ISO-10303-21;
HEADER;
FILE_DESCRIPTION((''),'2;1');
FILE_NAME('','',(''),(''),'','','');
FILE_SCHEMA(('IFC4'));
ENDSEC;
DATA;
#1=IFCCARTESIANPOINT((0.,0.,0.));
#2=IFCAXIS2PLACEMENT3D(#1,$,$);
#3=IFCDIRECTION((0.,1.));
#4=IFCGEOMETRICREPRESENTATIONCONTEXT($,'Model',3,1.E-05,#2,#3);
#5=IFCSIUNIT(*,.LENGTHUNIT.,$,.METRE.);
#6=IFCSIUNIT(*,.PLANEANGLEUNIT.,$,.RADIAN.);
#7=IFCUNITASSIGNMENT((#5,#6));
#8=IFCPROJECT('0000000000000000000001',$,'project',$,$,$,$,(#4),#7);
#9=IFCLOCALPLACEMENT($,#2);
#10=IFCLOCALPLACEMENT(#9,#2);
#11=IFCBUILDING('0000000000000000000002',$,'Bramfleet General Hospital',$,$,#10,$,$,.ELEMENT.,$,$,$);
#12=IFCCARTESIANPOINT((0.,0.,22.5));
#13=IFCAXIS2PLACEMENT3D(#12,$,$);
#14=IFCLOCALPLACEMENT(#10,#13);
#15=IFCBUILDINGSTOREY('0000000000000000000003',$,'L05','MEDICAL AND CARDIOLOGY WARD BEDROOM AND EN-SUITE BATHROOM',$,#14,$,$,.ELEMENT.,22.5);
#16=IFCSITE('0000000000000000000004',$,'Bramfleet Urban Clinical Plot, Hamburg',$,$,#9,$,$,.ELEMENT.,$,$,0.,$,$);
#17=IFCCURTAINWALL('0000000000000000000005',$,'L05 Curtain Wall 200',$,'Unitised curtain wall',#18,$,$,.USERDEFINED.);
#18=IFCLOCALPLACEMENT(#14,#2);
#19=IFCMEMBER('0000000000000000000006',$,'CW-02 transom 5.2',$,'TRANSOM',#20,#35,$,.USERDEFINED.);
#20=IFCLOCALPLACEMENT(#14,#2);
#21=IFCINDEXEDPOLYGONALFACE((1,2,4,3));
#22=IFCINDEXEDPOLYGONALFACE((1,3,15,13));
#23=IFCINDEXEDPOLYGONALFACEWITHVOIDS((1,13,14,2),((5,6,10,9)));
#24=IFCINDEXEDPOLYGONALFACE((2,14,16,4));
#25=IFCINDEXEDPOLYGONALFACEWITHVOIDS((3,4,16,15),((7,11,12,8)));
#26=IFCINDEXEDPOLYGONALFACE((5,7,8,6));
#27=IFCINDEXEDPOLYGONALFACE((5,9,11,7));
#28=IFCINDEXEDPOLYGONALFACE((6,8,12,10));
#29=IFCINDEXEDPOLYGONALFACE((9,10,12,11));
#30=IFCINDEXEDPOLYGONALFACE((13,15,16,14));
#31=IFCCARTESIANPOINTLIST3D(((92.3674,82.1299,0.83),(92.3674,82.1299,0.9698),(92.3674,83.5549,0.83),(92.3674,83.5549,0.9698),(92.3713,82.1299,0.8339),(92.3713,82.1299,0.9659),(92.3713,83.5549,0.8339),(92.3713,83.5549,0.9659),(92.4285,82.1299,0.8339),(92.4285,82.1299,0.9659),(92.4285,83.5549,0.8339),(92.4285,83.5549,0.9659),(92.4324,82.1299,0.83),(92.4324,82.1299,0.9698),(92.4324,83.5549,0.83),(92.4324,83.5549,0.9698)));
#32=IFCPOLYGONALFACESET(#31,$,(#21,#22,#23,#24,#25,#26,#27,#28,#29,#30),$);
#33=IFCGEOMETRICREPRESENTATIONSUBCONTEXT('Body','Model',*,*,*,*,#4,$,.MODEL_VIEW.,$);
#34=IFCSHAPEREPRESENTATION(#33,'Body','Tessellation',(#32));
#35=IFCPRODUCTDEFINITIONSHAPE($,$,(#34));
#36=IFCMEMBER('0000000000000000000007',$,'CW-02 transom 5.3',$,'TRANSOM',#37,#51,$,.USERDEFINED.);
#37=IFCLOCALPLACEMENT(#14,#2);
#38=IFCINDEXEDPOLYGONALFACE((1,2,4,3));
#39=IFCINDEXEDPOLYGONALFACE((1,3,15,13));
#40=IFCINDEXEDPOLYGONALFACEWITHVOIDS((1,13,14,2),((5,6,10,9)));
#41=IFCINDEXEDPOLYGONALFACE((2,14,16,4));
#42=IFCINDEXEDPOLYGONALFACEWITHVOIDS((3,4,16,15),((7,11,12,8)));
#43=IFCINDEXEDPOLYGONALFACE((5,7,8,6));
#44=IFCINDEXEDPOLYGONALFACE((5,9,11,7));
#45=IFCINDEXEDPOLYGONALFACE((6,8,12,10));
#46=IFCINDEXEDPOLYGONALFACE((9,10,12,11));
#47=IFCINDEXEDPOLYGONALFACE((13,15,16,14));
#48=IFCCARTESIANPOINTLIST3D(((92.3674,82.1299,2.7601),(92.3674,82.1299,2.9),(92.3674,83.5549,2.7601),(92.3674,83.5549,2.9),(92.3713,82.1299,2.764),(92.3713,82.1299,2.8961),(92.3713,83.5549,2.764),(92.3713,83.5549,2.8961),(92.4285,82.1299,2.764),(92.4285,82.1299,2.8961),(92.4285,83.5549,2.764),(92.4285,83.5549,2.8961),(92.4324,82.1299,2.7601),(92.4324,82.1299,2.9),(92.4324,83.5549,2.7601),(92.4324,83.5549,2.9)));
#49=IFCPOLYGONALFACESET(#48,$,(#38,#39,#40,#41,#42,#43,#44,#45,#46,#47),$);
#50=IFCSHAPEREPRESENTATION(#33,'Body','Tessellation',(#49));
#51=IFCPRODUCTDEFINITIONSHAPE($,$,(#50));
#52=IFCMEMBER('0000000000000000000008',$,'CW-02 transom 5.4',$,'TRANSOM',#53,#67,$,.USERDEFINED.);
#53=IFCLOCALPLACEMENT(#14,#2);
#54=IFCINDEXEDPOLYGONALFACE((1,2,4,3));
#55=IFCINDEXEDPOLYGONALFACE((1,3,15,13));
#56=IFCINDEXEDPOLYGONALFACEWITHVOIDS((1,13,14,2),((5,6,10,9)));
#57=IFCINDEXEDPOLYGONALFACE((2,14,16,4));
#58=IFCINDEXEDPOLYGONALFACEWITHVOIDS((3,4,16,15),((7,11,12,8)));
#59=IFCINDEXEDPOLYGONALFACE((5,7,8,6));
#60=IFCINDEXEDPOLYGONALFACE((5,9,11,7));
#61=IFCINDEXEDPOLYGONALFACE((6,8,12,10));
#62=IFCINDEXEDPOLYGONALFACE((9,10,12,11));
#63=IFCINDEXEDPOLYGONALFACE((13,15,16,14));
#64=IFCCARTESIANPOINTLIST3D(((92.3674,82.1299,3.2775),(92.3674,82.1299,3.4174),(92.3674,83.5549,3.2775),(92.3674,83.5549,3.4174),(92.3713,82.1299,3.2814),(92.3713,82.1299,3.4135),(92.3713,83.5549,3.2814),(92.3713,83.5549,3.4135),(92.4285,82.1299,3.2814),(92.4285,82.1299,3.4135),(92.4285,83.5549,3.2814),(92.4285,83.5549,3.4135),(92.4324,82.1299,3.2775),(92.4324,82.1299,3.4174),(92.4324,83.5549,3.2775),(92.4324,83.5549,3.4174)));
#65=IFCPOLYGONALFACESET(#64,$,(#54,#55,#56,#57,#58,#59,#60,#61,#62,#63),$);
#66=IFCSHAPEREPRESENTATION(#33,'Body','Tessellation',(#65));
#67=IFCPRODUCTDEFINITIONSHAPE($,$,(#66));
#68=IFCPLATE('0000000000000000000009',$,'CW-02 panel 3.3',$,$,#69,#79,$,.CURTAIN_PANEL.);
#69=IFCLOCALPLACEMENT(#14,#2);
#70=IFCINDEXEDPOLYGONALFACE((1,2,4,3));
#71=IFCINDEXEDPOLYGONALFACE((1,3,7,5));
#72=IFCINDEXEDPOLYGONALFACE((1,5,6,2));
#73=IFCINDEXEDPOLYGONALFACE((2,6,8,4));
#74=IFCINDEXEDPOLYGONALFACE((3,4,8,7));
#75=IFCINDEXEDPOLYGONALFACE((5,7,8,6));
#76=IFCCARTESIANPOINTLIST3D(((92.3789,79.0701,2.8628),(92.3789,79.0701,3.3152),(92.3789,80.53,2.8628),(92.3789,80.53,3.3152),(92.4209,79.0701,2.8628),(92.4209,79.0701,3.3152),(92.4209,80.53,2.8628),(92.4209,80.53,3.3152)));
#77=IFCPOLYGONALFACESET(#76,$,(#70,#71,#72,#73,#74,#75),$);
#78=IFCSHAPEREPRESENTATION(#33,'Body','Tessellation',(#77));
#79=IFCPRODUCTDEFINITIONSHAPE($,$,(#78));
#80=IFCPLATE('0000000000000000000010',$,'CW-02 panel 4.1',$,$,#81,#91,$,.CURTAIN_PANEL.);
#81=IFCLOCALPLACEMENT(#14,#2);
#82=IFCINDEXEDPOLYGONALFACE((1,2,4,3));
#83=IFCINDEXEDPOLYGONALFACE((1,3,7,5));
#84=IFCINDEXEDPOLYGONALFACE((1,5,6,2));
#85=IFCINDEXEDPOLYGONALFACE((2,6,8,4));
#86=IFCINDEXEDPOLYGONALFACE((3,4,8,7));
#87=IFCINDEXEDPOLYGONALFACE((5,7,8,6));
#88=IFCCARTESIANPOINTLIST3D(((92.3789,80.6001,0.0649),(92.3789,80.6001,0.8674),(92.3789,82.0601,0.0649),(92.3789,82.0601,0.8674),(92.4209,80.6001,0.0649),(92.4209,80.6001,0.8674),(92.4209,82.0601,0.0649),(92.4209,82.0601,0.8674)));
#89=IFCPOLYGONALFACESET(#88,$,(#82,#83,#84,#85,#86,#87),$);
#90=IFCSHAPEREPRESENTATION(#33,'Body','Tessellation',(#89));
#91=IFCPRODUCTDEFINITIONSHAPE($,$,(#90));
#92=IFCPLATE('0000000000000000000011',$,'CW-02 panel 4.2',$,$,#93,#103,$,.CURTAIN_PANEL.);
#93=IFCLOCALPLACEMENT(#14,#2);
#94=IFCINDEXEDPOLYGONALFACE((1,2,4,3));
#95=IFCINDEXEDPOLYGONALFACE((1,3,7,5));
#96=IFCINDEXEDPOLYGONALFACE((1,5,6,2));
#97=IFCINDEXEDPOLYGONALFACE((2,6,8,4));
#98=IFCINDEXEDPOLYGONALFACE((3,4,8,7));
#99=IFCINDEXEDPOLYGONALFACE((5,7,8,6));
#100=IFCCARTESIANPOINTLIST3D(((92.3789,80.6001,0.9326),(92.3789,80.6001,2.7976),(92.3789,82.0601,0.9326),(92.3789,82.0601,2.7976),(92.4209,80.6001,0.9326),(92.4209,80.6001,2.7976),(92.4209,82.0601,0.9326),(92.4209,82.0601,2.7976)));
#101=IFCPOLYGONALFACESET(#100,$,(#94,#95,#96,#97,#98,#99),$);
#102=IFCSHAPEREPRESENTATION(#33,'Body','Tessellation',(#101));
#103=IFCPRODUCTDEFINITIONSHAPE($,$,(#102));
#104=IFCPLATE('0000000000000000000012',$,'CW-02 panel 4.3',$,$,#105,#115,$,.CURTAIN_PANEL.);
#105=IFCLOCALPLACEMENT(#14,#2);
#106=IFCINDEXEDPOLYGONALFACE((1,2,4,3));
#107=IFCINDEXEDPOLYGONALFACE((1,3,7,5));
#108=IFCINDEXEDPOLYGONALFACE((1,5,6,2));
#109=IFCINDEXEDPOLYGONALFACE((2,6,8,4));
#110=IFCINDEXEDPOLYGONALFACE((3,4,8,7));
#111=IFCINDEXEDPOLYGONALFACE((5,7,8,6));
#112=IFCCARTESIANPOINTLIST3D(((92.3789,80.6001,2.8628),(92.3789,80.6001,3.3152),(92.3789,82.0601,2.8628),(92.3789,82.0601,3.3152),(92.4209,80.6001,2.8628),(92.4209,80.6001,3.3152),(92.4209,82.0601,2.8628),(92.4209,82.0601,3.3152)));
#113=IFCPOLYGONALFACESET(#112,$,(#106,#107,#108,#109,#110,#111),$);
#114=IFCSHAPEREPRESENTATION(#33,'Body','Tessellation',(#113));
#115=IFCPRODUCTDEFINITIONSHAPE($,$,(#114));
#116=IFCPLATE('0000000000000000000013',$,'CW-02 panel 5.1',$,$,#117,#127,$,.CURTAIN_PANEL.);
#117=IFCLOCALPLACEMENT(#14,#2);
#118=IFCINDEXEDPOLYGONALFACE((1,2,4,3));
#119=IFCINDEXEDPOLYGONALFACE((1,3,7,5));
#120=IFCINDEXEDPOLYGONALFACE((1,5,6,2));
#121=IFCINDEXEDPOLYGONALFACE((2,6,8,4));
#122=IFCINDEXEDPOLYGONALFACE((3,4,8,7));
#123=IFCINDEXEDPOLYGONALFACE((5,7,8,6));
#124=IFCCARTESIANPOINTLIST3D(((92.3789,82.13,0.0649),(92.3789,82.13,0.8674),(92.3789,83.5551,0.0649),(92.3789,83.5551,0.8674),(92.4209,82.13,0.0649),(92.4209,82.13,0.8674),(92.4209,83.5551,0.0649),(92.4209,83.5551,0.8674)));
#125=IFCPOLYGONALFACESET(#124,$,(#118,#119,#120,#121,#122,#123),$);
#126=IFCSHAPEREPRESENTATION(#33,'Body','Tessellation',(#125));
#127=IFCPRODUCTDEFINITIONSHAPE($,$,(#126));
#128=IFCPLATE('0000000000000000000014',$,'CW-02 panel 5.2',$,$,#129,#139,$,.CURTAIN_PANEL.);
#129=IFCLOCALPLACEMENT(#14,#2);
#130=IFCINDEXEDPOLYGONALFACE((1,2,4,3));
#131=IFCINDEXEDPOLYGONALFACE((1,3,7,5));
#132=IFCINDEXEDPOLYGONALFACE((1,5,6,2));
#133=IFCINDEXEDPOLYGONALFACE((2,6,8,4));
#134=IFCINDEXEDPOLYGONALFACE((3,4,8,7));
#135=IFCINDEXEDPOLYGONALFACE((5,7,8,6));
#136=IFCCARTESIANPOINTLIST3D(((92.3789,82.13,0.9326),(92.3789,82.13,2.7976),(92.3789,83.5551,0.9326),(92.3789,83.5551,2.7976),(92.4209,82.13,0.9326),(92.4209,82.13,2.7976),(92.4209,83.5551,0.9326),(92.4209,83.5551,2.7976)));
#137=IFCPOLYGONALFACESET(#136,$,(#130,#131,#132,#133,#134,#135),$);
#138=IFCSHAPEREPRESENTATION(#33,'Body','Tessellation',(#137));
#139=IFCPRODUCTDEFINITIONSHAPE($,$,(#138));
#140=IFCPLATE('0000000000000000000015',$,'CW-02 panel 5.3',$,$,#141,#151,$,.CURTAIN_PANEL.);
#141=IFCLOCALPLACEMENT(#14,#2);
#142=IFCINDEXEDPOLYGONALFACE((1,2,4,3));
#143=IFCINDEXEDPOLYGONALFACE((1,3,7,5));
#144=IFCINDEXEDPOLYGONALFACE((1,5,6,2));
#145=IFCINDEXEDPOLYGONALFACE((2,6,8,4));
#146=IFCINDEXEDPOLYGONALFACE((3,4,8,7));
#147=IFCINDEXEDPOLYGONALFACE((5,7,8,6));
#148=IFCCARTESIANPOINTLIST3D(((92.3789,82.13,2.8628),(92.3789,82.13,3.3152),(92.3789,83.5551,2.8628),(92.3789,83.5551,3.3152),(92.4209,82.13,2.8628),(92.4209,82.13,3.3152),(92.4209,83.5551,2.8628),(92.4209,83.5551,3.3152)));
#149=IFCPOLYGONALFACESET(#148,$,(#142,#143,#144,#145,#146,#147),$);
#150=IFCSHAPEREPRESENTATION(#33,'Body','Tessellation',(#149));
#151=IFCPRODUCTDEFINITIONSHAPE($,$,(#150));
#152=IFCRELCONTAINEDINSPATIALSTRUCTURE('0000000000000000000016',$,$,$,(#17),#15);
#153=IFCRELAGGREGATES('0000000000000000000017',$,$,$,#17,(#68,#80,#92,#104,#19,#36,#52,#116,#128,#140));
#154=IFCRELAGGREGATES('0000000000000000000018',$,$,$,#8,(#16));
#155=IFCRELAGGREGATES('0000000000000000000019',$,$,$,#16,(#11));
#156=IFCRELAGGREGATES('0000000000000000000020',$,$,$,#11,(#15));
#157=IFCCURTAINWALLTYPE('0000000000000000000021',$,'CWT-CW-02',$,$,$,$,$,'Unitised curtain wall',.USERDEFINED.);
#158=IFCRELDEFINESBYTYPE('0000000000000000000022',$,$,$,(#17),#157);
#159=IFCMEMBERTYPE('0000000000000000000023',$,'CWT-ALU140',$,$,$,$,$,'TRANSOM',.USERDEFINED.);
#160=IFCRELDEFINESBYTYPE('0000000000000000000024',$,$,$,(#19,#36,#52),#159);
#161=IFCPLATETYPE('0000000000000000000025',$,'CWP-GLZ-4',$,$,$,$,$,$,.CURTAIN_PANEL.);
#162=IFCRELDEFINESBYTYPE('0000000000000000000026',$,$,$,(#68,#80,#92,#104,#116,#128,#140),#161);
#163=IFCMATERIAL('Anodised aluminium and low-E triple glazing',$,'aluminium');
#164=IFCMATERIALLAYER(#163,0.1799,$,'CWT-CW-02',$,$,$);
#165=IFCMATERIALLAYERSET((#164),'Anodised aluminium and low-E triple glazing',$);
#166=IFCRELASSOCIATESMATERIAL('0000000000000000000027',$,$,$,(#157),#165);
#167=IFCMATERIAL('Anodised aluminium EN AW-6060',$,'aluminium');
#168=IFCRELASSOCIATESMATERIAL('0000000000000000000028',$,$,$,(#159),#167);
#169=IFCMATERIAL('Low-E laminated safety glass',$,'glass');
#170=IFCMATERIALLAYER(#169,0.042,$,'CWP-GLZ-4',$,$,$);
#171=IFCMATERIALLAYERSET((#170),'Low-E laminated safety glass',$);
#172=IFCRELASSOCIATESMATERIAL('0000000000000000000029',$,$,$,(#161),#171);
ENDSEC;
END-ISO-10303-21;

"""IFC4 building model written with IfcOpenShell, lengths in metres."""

from ifc_helpers import new_model, si_unit, direction, frame, origin, origin_2d, place, context, subcontext, project, spatial, rectangle, hollow_rectangle, extrude, material, layer, layer_set, material_profile, profile_set, type_object, element, aggregate, save


model = new_model("IFC4")

# Units and contexts
model_context = context("Model", 3, precision=1e-05, world=origin(), true_north=direction((0.0, 1.0)))
body_context = subcontext(model_context, "Body", "Model", "MODEL_VIEW")
ifc_project = project(units=[si_unit("LENGTHUNIT", "METRE"), si_unit("PLANEANGLEUNIT", "RADIAN")], contexts=[model_context])

# Site, building, storey
site_placement = place(None, origin())
site = spatial("IfcSite", under=ifc_project, at=site_placement, Name="Bramfleet Urban Clinical Plot, Hamburg", CompositionType="ELEMENT", RefElevation=0.0)
building_placement = place(site_placement, origin())
building = spatial("IfcBuilding", under=site, at=building_placement, Name="Bramfleet General Hospital", CompositionType="ELEMENT")
storey_placement = place(building_placement, frame((0.0, 0.0, 22.5)))
storey = spatial("IfcBuildingStorey", under=building, at=storey_placement, Name="L05", Description="MEDICAL AND CARDIOLOGY WARD BEDROOM AND EN-SUITE BATHROOM", CompositionType="ELEMENT", Elevation=22.5)

# Curtain wall, members, plates
ifc_material_1 = material(Name="Anodised aluminium and low-E triple glazing", Category="aluminium")
ifc_layer_1 = layer(ifc_material_1, 0.1799, Name="CWT-CW-02")
ifc_layer_set_1 = layer_set([ifc_layer_1], Name="Anodised aluminium and low-E triple glazing")
curtain_wall_type = type_object("IfcCurtainWallType", Name="CWT-CW-02", ElementType="Unitised curtain wall", PredefinedType="USERDEFINED", material=ifc_layer_set_1)
curtain_wall_placement = place(storey_placement, origin())
curtain_wall = element("IfcCurtainWall", 1, at=curtain_wall_placement, inside=storey, type_object=curtain_wall_type, Name="L05 Curtain Wall 200", ObjectType="Unitised curtain wall", PredefinedType="USERDEFINED")
ifc_material_2 = material(Name="Anodised aluminium EN AW-6060", Category="aluminium")
ifc_material_profile_1 = material_profile(ifc_material_2, hollow_rectangle(XDim=0.0649, YDim=0.1399, WallThickness=0.0039, at=origin_2d()), Name="ALU 140x65x4.0")
ifc_profile_set_1 = profile_set([ifc_material_profile_1], Name="Anodised aluminium EN AW-6060")
member_type_1 = type_object("IfcMemberType", Name="CWT-ALU140", ElementType="TRANSOM", PredefinedType="USERDEFINED", material=ifc_profile_set_1)
member_1_placement = place(storey_placement, frame((92.3999, 82.1299, 0.8999), z_axis=(0.0, 1.0, 0.0), x_axis=(-1.0, 0.0, 0.0)))
member_1 = element("IfcMember", 2, at=member_1_placement, type_object=member_type_1, Name="CW-02 transom 5.2", ObjectType="TRANSOM", PredefinedType="USERDEFINED", context=body_context, shape_type="SweptSolid", body=[
    extrude(hollow_rectangle(XDim=0.0649, YDim=0.1399, WallThickness=0.0039, at=origin_2d()), origin(), (0.0, 0.0, 1.0), 1.425),
])
member_2_placement = place(storey_placement, frame((92.3999, 82.1299, 2.8301), z_axis=(0.0, 1.0, 0.0), x_axis=(-1.0, 0.0, 0.0)))
member_2 = element("IfcMember", 3, at=member_2_placement, type_object=member_type_1, Name="CW-02 transom 5.3", ObjectType="TRANSOM", PredefinedType="USERDEFINED", context=body_context, shape_type="SweptSolid", body=[
    extrude(hollow_rectangle(XDim=0.0649, YDim=0.1399, WallThickness=0.0039, at=origin_2d()), origin(), (0.0, 0.0, 1.0), 1.425),
])
member_3_placement = place(storey_placement, frame((92.3999, 82.1299, 3.3474), z_axis=(0.0, 1.0, 0.0), x_axis=(-1.0, 0.0, 0.0)))
member_3 = element("IfcMember", 4, at=member_3_placement, type_object=member_type_1, Name="CW-02 transom 5.4", ObjectType="TRANSOM", PredefinedType="USERDEFINED", context=body_context, shape_type="SweptSolid", body=[
    extrude(hollow_rectangle(XDim=0.0649, YDim=0.1399, WallThickness=0.0039, at=origin_2d()), origin(), (0.0, 0.0, 1.0), 1.425),
])
ifc_material_3 = material(Name="Low-E laminated safety glass", Category="glass")
ifc_layer_2 = layer(ifc_material_3, 0.042, Name="CWP-GLZ-4")
ifc_layer_set_2 = layer_set([ifc_layer_2], Name="Low-E laminated safety glass")
plate_type = type_object("IfcPlateType", Name="CWP-GLZ-4", PredefinedType="CURTAIN_PANEL", material=ifc_layer_set_2)
plate_1_placement = place(storey_placement, frame((92.3999, 79.8, 2.8628), z_axis=(0.0, 0.0, 1.0), x_axis=(0.0, 1.0, 0.0)))
plate_1 = element("IfcPlate", 5, at=plate_1_placement, type_object=plate_type, Name="CW-02 panel 3.3", PredefinedType="CURTAIN_PANEL", context=body_context, shape_type="SweptSolid", body=[
    extrude(rectangle(XDim=1.46, YDim=0.042, at=origin_2d()), origin(), (0.0, 0.0, 1.0), 0.4524),
])
plate_2_placement = place(storey_placement, frame((92.3999, 81.3301, 0.0649), z_axis=(0.0, 0.0, 1.0), x_axis=(0.0, 1.0, 0.0)))
plate_2 = element("IfcPlate", 6, at=plate_2_placement, type_object=plate_type, Name="CW-02 panel 4.1", PredefinedType="CURTAIN_PANEL", context=body_context, shape_type="SweptSolid", body=[
    extrude(rectangle(XDim=1.46, YDim=0.042, at=origin_2d()), origin(), (0.0, 0.0, 1.0), 0.8025),
])
plate_3_placement = place(storey_placement, frame((92.3999, 81.3301, 0.9326), z_axis=(0.0, 0.0, 1.0), x_axis=(0.0, 1.0, 0.0)))
plate_3 = element("IfcPlate", 7, at=plate_3_placement, type_object=plate_type, Name="CW-02 panel 4.2", PredefinedType="CURTAIN_PANEL", context=body_context, shape_type="SweptSolid", body=[
    extrude(rectangle(XDim=1.46, YDim=0.042, at=origin_2d()), origin(), (0.0, 0.0, 1.0), 1.865),
])
plate_4_placement = place(storey_placement, frame((92.3999, 81.3301, 2.8628), z_axis=(0.0, 0.0, 1.0), x_axis=(0.0, 1.0, 0.0)))
plate_4 = element("IfcPlate", 8, at=plate_4_placement, type_object=plate_type, Name="CW-02 panel 4.3", PredefinedType="CURTAIN_PANEL", context=body_context, shape_type="SweptSolid", body=[
    extrude(rectangle(XDim=1.46, YDim=0.042, at=origin_2d()), origin(), (0.0, 0.0, 1.0), 0.4524),
])
plate_5_placement = place(storey_placement, frame((92.3999, 82.8425, 0.0649), z_axis=(0.0, 0.0, 1.0), x_axis=(0.0, 1.0, 0.0)))
plate_5 = element("IfcPlate", 9, at=plate_5_placement, type_object=plate_type, Name="CW-02 panel 5.1", PredefinedType="CURTAIN_PANEL", context=body_context, shape_type="SweptSolid", body=[
    extrude(rectangle(XDim=1.425, YDim=0.042, at=origin_2d()), origin(), (0.0, 0.0, 1.0), 0.8025),
])
plate_6_placement = place(storey_placement, frame((92.3999, 82.8425, 0.9326), z_axis=(0.0, 0.0, 1.0), x_axis=(0.0, 1.0, 0.0)))
plate_6 = element("IfcPlate", 10, at=plate_6_placement, type_object=plate_type, Name="CW-02 panel 5.2", PredefinedType="CURTAIN_PANEL", context=body_context, shape_type="SweptSolid", body=[
    extrude(rectangle(XDim=1.425, YDim=0.042, at=origin_2d()), origin(), (0.0, 0.0, 1.0), 1.865),
])
plate_7_placement = place(storey_placement, frame((92.3999, 82.8425, 2.8628), z_axis=(0.0, 0.0, 1.0), x_axis=(0.0, 1.0, 0.0)))
plate_7 = element("IfcPlate", 11, at=plate_7_placement, type_object=plate_type, Name="CW-02 panel 5.3", PredefinedType="CURTAIN_PANEL", context=body_context, shape_type="SweptSolid", body=[
    extrude(rectangle(XDim=1.425, YDim=0.042, at=origin_2d()), origin(), (0.0, 0.0, 1.0), 0.4524),
])
aggregate(curtain_wall, [plate_1, plate_2, plate_3, plate_4, member_1, member_2, member_3, plate_5, plate_6, plate_7])

save(model, "model.ifc")
